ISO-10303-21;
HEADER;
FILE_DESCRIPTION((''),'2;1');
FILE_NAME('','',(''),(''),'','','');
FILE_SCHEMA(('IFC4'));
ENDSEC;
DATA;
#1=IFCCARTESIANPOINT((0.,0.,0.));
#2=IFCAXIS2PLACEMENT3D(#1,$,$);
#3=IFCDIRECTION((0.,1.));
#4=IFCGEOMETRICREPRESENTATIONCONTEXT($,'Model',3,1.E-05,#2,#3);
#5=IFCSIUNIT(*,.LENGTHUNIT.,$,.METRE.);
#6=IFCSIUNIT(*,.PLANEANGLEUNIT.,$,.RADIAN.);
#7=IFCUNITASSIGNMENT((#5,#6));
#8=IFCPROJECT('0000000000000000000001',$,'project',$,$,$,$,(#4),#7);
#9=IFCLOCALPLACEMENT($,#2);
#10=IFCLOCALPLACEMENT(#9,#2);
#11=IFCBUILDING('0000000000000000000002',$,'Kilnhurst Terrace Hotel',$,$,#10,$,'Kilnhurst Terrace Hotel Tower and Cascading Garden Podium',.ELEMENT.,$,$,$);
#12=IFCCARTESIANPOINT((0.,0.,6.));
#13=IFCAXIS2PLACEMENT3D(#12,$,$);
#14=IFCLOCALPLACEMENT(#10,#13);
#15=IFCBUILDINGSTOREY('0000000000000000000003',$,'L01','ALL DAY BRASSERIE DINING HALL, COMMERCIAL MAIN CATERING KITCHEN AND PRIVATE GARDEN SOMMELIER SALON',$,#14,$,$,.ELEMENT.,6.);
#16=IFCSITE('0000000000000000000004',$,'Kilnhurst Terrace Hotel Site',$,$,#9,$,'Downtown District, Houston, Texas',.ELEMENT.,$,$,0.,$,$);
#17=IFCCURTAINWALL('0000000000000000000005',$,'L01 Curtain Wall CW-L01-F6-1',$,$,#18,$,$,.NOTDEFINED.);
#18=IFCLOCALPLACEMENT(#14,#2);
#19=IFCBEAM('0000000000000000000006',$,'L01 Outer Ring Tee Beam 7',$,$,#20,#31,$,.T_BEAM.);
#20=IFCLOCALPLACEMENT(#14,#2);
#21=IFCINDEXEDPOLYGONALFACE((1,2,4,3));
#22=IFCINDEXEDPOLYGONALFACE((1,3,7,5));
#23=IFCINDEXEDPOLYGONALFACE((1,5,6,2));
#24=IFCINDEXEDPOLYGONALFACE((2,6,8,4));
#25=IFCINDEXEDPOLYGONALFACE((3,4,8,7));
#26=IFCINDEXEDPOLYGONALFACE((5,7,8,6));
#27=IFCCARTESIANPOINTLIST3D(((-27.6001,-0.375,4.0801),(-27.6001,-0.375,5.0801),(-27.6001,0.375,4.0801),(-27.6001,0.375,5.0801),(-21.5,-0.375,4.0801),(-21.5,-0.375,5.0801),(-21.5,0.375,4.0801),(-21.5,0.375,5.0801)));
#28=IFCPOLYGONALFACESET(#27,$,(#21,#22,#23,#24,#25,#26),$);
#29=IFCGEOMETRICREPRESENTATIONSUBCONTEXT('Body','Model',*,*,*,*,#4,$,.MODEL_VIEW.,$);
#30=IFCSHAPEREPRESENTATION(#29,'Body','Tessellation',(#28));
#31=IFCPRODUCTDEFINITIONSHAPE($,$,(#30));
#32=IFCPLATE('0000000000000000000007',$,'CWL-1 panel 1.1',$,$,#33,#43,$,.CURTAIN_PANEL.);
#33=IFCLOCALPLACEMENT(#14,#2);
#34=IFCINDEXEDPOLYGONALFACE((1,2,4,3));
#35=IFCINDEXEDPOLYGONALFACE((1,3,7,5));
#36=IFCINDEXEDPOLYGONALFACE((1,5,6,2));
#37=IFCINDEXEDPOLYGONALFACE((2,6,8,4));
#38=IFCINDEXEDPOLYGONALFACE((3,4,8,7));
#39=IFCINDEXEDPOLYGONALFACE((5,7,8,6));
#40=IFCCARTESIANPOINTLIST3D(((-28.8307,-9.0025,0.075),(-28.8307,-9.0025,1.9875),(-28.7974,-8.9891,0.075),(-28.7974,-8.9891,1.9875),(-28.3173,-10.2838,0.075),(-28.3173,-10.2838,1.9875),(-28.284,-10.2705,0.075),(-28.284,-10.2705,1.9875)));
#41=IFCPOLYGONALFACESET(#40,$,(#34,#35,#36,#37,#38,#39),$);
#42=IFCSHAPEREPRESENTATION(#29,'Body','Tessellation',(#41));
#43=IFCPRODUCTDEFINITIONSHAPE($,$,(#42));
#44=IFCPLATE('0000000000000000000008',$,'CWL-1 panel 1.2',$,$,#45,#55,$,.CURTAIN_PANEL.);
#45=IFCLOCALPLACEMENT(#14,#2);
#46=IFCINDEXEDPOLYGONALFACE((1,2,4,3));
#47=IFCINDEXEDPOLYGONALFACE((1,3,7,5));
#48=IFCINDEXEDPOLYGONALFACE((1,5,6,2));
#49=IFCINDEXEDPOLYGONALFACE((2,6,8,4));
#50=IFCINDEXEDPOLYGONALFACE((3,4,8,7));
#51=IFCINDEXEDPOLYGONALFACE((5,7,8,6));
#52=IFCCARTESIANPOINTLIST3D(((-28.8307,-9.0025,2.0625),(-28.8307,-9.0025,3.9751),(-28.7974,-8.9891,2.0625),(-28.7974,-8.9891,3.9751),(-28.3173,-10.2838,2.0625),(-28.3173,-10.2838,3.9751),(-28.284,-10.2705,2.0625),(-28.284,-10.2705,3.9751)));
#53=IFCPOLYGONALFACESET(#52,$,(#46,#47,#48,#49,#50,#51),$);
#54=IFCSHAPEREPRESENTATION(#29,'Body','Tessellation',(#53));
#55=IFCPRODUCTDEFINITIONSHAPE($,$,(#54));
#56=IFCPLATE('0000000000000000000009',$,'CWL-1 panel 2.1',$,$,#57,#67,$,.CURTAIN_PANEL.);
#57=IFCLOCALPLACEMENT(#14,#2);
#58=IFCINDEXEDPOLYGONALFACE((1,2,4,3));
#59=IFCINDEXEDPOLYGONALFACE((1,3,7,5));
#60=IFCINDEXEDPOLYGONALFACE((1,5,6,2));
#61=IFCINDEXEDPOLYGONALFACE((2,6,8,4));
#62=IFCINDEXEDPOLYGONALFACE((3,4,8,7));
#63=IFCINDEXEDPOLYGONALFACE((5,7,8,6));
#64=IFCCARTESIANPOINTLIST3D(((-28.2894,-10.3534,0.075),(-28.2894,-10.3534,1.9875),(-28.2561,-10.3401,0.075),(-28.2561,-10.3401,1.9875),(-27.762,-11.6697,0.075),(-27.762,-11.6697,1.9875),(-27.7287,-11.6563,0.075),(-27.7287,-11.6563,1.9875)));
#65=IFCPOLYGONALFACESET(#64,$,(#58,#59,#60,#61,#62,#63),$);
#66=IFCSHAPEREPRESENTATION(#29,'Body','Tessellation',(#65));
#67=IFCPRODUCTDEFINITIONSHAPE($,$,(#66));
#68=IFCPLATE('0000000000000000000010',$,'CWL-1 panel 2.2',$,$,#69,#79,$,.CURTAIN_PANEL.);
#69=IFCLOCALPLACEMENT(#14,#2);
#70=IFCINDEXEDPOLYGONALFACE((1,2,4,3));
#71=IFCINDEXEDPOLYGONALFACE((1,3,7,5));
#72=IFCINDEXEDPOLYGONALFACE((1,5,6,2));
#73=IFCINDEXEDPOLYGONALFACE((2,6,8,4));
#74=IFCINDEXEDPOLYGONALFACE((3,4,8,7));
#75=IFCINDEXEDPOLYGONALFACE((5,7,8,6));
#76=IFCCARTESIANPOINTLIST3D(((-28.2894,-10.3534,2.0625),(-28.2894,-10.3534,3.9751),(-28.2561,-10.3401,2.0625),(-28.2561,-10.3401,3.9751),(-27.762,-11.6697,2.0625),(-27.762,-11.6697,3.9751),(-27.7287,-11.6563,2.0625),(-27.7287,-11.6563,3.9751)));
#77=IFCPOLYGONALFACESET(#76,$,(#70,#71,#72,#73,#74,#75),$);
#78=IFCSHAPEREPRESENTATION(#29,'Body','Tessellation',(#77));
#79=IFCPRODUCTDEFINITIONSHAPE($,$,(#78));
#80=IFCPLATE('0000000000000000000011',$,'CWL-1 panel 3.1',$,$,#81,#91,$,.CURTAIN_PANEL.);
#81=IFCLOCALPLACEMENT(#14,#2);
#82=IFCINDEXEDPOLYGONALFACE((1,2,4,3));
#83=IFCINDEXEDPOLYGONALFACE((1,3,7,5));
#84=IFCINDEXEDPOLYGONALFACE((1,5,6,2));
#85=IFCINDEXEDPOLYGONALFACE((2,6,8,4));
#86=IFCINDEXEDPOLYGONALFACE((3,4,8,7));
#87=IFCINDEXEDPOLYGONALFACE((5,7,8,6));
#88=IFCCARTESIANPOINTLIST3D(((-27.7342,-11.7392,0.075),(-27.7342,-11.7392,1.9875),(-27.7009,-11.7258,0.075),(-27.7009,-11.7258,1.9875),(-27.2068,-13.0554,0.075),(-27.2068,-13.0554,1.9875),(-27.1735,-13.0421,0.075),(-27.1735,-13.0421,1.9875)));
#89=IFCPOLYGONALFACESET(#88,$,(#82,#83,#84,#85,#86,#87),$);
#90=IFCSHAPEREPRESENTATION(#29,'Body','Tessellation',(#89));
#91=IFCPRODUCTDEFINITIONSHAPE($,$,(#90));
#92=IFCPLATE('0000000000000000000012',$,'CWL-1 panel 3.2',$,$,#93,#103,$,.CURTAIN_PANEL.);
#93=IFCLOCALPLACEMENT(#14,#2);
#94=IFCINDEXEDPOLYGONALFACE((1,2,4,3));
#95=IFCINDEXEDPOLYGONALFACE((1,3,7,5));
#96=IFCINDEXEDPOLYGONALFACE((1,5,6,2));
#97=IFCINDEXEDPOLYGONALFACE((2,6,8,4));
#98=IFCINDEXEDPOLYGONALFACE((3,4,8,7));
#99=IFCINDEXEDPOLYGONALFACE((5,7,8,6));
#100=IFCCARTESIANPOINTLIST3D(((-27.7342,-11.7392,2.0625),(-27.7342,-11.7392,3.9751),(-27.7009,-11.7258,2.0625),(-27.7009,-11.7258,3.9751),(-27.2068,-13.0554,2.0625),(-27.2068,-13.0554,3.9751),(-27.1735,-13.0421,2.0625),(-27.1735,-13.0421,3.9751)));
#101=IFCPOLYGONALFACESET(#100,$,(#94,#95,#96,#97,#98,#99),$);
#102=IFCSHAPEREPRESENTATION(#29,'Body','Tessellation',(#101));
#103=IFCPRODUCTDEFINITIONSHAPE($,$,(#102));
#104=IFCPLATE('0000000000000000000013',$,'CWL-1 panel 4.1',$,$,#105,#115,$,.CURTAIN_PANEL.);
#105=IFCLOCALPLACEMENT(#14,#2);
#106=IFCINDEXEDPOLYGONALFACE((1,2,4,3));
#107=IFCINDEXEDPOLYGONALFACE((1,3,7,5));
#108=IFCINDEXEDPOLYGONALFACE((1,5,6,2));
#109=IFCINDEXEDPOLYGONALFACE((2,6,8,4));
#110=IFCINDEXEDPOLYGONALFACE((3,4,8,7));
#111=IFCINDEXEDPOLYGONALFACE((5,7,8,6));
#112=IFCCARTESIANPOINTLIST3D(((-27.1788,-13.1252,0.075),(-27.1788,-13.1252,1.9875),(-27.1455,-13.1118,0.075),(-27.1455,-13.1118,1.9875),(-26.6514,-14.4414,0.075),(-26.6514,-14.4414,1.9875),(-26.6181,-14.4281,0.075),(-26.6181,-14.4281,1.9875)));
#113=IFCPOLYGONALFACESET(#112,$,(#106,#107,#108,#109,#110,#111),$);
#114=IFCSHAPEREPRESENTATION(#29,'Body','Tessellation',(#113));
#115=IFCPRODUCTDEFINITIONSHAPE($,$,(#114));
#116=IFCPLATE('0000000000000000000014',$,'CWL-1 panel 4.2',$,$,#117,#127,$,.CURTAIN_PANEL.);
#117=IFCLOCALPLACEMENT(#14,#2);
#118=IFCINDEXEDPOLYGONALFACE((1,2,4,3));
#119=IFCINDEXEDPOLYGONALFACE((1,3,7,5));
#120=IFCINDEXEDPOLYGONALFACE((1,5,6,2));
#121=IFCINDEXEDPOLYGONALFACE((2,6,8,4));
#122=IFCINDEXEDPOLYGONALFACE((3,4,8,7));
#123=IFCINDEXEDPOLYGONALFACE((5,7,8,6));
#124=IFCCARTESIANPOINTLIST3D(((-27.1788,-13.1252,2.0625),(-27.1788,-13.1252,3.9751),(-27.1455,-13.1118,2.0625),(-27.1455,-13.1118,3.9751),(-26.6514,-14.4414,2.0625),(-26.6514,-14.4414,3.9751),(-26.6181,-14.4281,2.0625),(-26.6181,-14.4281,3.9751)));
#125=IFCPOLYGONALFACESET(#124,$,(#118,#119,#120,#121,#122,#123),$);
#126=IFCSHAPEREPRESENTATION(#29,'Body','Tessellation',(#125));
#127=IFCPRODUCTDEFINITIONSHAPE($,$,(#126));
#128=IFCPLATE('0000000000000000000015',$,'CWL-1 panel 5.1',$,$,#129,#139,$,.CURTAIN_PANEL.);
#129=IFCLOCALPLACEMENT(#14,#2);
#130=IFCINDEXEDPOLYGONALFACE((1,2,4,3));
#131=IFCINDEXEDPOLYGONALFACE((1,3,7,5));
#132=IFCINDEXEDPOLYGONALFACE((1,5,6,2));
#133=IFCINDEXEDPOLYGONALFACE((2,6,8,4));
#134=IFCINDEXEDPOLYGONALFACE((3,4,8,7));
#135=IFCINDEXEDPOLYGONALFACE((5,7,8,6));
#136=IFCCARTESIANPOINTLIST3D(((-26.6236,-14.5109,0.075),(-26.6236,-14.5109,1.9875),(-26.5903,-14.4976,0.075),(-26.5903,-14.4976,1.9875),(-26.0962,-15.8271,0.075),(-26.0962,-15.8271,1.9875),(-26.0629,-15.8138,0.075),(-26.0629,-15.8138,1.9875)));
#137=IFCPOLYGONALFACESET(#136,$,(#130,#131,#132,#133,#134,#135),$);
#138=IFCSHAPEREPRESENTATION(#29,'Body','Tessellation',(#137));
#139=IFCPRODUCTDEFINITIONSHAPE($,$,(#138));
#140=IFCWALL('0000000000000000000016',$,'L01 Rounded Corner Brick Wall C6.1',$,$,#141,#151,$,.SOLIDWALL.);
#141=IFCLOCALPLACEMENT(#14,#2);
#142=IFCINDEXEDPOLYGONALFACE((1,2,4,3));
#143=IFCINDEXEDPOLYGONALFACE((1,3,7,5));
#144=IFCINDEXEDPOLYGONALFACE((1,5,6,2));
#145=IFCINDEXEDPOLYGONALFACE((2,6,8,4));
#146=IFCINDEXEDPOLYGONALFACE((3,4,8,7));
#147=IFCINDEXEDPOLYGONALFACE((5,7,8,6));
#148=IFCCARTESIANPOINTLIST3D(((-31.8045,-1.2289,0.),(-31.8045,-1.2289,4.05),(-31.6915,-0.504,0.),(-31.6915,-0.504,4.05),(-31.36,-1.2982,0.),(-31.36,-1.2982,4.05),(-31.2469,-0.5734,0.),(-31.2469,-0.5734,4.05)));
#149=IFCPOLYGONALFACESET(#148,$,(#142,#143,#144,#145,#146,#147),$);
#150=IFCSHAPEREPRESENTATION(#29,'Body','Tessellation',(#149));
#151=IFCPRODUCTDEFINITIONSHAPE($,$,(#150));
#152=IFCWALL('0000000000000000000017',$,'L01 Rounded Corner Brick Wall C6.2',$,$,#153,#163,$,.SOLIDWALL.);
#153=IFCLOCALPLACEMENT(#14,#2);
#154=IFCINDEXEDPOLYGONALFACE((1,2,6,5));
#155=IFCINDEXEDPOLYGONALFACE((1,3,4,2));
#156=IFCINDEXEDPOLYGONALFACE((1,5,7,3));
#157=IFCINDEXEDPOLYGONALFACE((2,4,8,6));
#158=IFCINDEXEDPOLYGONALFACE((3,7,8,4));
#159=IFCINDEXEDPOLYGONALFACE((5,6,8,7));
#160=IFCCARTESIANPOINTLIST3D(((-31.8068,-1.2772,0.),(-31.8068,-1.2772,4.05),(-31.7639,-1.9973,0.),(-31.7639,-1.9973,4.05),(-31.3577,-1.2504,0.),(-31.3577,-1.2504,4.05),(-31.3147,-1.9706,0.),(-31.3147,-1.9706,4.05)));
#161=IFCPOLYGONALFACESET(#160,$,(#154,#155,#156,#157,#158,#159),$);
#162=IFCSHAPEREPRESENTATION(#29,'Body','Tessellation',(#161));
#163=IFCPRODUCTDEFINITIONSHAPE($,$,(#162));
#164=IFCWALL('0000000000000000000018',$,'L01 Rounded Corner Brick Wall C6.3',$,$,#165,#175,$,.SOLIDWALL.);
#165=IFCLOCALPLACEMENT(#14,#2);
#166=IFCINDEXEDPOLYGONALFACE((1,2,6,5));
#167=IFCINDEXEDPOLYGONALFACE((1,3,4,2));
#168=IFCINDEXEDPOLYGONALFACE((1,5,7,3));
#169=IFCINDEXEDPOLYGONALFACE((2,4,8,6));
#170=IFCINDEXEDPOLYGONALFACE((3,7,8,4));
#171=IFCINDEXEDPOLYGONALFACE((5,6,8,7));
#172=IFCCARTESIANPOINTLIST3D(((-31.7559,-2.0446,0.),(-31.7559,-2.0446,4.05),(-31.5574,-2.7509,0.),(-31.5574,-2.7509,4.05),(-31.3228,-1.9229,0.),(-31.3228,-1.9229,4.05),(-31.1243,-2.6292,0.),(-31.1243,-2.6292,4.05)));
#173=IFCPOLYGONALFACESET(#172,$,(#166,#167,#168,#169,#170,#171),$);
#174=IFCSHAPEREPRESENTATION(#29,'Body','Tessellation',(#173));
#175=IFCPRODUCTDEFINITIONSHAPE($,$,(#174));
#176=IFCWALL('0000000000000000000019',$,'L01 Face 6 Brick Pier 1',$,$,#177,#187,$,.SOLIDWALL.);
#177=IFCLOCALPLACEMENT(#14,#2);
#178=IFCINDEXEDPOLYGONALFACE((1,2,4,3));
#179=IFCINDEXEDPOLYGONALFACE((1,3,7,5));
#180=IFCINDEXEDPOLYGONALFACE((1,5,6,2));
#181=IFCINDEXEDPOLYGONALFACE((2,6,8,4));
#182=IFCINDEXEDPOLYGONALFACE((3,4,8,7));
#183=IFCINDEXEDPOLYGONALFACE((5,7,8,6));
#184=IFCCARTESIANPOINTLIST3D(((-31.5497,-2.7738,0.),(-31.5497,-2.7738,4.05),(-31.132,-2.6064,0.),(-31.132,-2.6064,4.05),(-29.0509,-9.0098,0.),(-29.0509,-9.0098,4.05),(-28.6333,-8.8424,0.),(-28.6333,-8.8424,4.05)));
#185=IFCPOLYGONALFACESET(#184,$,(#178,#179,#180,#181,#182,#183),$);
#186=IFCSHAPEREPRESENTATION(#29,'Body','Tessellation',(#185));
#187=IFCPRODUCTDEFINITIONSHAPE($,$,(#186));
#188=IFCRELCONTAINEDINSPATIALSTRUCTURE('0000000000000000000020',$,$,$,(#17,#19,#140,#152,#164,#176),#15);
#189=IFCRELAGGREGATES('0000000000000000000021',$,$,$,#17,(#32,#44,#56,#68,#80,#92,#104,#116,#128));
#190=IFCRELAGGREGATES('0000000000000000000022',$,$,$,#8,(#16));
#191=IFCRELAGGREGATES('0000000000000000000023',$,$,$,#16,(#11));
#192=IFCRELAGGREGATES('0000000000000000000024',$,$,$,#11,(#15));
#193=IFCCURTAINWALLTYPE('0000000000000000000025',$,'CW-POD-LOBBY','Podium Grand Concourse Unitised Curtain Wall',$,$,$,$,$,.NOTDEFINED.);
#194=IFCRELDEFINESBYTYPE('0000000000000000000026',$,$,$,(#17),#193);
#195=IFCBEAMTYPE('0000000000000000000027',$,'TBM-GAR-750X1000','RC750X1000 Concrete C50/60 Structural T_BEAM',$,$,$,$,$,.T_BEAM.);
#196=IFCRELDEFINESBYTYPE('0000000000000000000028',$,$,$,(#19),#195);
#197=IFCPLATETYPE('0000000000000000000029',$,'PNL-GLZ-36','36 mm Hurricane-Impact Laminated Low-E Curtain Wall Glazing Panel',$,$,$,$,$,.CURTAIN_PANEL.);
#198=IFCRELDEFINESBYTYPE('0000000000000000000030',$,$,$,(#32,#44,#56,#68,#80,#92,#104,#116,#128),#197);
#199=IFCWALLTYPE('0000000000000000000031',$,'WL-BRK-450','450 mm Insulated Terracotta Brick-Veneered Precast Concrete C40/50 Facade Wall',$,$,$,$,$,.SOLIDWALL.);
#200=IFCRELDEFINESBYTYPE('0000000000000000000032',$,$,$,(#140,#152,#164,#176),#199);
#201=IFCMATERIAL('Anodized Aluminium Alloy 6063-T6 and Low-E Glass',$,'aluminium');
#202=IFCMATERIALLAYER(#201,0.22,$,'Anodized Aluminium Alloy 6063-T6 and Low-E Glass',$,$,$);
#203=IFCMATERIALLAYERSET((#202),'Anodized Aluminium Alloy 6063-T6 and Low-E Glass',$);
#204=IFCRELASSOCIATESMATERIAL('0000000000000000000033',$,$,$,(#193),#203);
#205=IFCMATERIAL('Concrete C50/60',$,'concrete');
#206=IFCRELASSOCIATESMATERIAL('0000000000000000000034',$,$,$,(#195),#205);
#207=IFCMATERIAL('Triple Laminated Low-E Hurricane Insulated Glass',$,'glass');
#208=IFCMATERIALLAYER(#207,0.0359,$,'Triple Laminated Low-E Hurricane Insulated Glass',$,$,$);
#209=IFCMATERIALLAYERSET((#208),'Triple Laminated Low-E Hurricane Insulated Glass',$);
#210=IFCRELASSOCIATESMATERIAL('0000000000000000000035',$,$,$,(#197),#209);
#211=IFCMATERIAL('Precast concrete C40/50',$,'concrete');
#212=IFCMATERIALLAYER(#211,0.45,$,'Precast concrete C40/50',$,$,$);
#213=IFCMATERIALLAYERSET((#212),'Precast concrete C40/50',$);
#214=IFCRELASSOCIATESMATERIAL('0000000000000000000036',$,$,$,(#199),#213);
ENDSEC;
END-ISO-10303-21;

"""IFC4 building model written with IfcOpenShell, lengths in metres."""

from ifc_helpers import new_model, si_unit, direction, frame, frame_2d, origin, origin_2d, place, context, subcontext, project, spatial, rectangle, extrude, material, layer, layer_set, material_profile, profile_set, type_object, element, aggregate, save


model = new_model("IFC4")

# Units and contexts
model_context = context("Model", 3, precision=1e-05, world=origin(), true_north=direction((0.0, 1.0)))
body_context = subcontext(model_context, "Body", "Model", "MODEL_VIEW")
ifc_project = project(units=[si_unit("LENGTHUNIT", "METRE"), si_unit("PLANEANGLEUNIT", "RADIAN")], contexts=[model_context])

# Site, building, storey
site_placement = place(None, origin())
site = spatial("IfcSite", under=ifc_project, at=site_placement, Name="Kilnhurst Terrace Hotel Site", LongName="Downtown District, Houston, Texas", CompositionType="ELEMENT", RefElevation=0.0)
building_placement = place(site_placement, origin())
building = spatial("IfcBuilding", under=site, at=building_placement, Name="Kilnhurst Terrace Hotel", LongName="Kilnhurst Terrace Hotel Tower and Cascading Garden Podium", CompositionType="ELEMENT")
storey_placement = place(building_placement, frame((0.0, 0.0, 6.0)))
storey = spatial("IfcBuildingStorey", under=building, at=storey_placement, Name="L01", Description="ALL DAY BRASSERIE DINING HALL, COMMERCIAL MAIN CATERING KITCHEN AND PRIVATE GARDEN SOMMELIER SALON", CompositionType="ELEMENT", Elevation=6.0)

# Curtain wall
ifc_material_1 = material(Name="Anodized Aluminium Alloy 6063-T6 and Low-E Glass", Category="aluminium")
ifc_layer_1 = layer(ifc_material_1, 0.22, Name="Anodized Aluminium Alloy 6063-T6 and Low-E Glass")
ifc_layer_set_1 = layer_set([ifc_layer_1], Name="Anodized Aluminium Alloy 6063-T6 and Low-E Glass")
curtain_wall_type = type_object("IfcCurtainWallType", Name="CW-POD-LOBBY", Description="Podium Grand Concourse Unitised Curtain Wall", PredefinedType="NOTDEFINED", material=ifc_layer_set_1)
curtain_wall_placement = place(storey_placement, origin())
curtain_wall = element("IfcCurtainWall", 1, at=curtain_wall_placement, inside=storey, type_object=curtain_wall_type, Name="L01 Curtain Wall CW-L01-F6-1", PredefinedType="NOTDEFINED")

# Beam
ifc_material_2 = material(Name="Concrete C50/60", Category="concrete")
ifc_material_profile_1 = material_profile(ifc_material_2, rectangle(XDim=0.75, YDim=1.0, at=origin_2d()), Name="RC750X1000")
ifc_profile_set_1 = profile_set([ifc_material_profile_1], Name="Concrete C50/60")
beam_type = type_object("IfcBeamType", Name="TBM-GAR-750X1000", Description="RC750X1000 Concrete C50/60 Structural T_BEAM", PredefinedType="T_BEAM", material=ifc_profile_set_1)
beam_1_placement = place(storey_placement, frame((-27.6001, 0.0, 4.5801), z_axis=(1.0, 0.0, 0.0), x_axis=(0.0, 1.0, 0.0)))
element("IfcBeam", 2, at=beam_1_placement, inside=storey, type_object=beam_type, Name="L01 Outer Ring Tee Beam 7", PredefinedType="T_BEAM", context=body_context, shape_type="SweptSolid", body=[
    extrude(rectangle(XDim=0.75, YDim=1.0, at=origin_2d()), origin(), (0.0, 0.0, 1.0), 6.1001),
])

# Plates
ifc_material_3 = material(Name="Triple Laminated Low-E Hurricane Insulated Glass", Category="glass")
ifc_layer_2 = layer(ifc_material_3, 0.0359, Name="Triple Laminated Low-E Hurricane Insulated Glass")
ifc_layer_set_2 = layer_set([ifc_layer_2], Name="Triple Laminated Low-E Hurricane Insulated Glass")
plate_type = type_object("IfcPlateType", Name="PNL-GLZ-36", Description="36 mm Hurricane-Impact Laminated Low-E Curtain Wall Glazing Panel", PredefinedType="CURTAIN_PANEL", material=ifc_layer_set_2)
plate_1_placement = place(storey_placement, frame((-28.5574, -9.6365, 0.075), z_axis=(0.0, 0.0, 1.0), x_axis=(0.371955, -0.928251, 0.0)))
plate_1 = element("IfcPlate", 3, at=plate_1_placement, type_object=plate_type, Name="CWL-1 panel 1.1", PredefinedType="CURTAIN_PANEL", context=body_context, shape_type="SweptSolid", body=[
    extrude(rectangle(XDim=1.3804, YDim=0.0359, at=origin_2d()), origin(), (0.0, 0.0, 1.0), 1.9126),
])
plate_2_placement = place(storey_placement, frame((-28.5574, -9.6365, 2.0625), z_axis=(0.0, 0.0, 1.0), x_axis=(0.371955, -0.928251, 0.0)))
plate_2 = element("IfcPlate", 4, at=plate_2_placement, type_object=plate_type, Name="CWL-1 panel 1.2", PredefinedType="CURTAIN_PANEL", context=body_context, shape_type="SweptSolid", body=[
    extrude(rectangle(XDim=1.3804, YDim=0.0359, at=origin_2d()), origin(), (0.0, 0.0, 1.0), 1.9126),
])
plate_3_placement = place(storey_placement, frame((-28.009, -11.0049, 0.075), z_axis=(0.0, 0.0, 1.0), x_axis=(0.371955, -0.928251, 0.0)))
plate_3 = element("IfcPlate", 5, at=plate_3_placement, type_object=plate_type, Name="CWL-1 panel 2.1", PredefinedType="CURTAIN_PANEL", context=body_context, shape_type="SweptSolid", body=[
    extrude(rectangle(XDim=1.418, YDim=0.0359, at=origin_2d()), origin(), (0.0, 0.0, 1.0), 1.9126),
])
plate_4_placement = place(storey_placement, frame((-28.009, -11.0049, 2.0625), z_axis=(0.0, 0.0, 1.0), x_axis=(0.371955, -0.928251, 0.0)))
plate_4 = element("IfcPlate", 6, at=plate_4_placement, type_object=plate_type, Name="CWL-1 panel 2.2", PredefinedType="CURTAIN_PANEL", context=body_context, shape_type="SweptSolid", body=[
    extrude(rectangle(XDim=1.418, YDim=0.0359, at=origin_2d()), origin(), (0.0, 0.0, 1.0), 1.9126),
])
plate_5_placement = place(storey_placement, frame((-27.4539, -12.3906, 0.075), z_axis=(0.0, 0.0, 1.0), x_axis=(0.371955, -0.928251, 0.0)))
plate_5 = element("IfcPlate", 7, at=plate_5_placement, type_object=plate_type, Name="CWL-1 panel 3.1", PredefinedType="CURTAIN_PANEL", context=body_context, shape_type="SweptSolid", body=[
    extrude(rectangle(XDim=1.418, YDim=0.0359, at=origin_2d()), origin(), (0.0, 0.0, 1.0), 1.9126),
])
plate_6_placement = place(storey_placement, frame((-27.4539, -12.3906, 2.0625), z_axis=(0.0, 0.0, 1.0), x_axis=(0.371955, -0.928251, 0.0)))
plate_6 = element("IfcPlate", 8, at=plate_6_placement, type_object=plate_type, Name="CWL-1 panel 3.2", PredefinedType="CURTAIN_PANEL", context=body_context, shape_type="SweptSolid", body=[
    extrude(rectangle(XDim=1.418, YDim=0.0359, at=origin_2d()), origin(), (0.0, 0.0, 1.0), 1.9126),
])
plate_7_placement = place(storey_placement, frame((-26.8984, -13.7766, 0.075), z_axis=(0.0, 0.0, 1.0), x_axis=(0.371955, -0.928251, 0.0)))
plate_7 = element("IfcPlate", 9, at=plate_7_placement, type_object=plate_type, Name="CWL-1 panel 4.1", PredefinedType="CURTAIN_PANEL", context=body_context, shape_type="SweptSolid", body=[
    extrude(rectangle(XDim=1.418, YDim=0.0359, at=origin_2d()), origin(), (0.0, 0.0, 1.0), 1.9126),
])
plate_8_placement = place(storey_placement, frame((-26.8984, -13.7766, 2.0625), z_axis=(0.0, 0.0, 1.0), x_axis=(0.371955, -0.928251, 0.0)))
plate_8 = element("IfcPlate", 10, at=plate_8_placement, type_object=plate_type, Name="CWL-1 panel 4.2", PredefinedType="CURTAIN_PANEL", context=body_context, shape_type="SweptSolid", body=[
    extrude(rectangle(XDim=1.418, YDim=0.0359, at=origin_2d()), origin(), (0.0, 0.0, 1.0), 1.9126),
])
plate_9_placement = place(storey_placement, frame((-26.3433, -15.1624, 0.075), z_axis=(0.0, 0.0, 1.0), x_axis=(0.371955, -0.928251, 0.0)))
plate_9 = element("IfcPlate", 11, at=plate_9_placement, type_object=plate_type, Name="CWL-1 panel 5.1", PredefinedType="CURTAIN_PANEL", context=body_context, shape_type="SweptSolid", body=[
    extrude(rectangle(XDim=1.418, YDim=0.0359, at=origin_2d()), origin(), (0.0, 0.0, 1.0), 1.9126),
])
aggregate(curtain_wall, [plate_1, plate_2, plate_3, plate_4, plate_5, plate_6, plate_7, plate_8, plate_9])

# Walls
ifc_material_4 = material(Name="Precast concrete C40/50", Category="concrete")
ifc_layer_3 = layer(ifc_material_4, 0.45, Name="Precast concrete C40/50")
ifc_layer_set_3 = layer_set([ifc_layer_3], Name="Precast concrete C40/50")
wall_type = type_object("IfcWallType", Name="WL-BRK-450", Description="450 mm Insulated Terracotta Brick-Veneered Precast Concrete C40/50 Facade Wall", PredefinedType="SOLIDWALL", material=ifc_layer_set_3)
wall_1_placement = place(storey_placement, frame((-31.4692, -0.5388, 0.0), z_axis=(0.0, 0.0, 1.0), x_axis=(-0.154082, -0.988058, 0.0)))
element("IfcWall", 12, at=wall_1_placement, inside=storey, type_object=wall_type, Name="L01 Rounded Corner Brick Wall C6.1", PredefinedType="SOLIDWALL", context=body_context, shape_type="SweptSolid", body=[
    extrude(rectangle(XDim=0.7336, YDim=0.45, at=frame_2d((0.3667, 0.0))), origin(), (0.0, 0.0, 1.0), 4.05),
])
wall_2_placement = place(storey_placement, frame((-31.5823, -1.2637, 0.0), z_axis=(0.0, 0.0, 1.0), x_axis=(0.059555, -0.998225, 0.0)))
element("IfcWall", 13, at=wall_2_placement, inside=storey, type_object=wall_type, Name="L01 Rounded Corner Brick Wall C6.2", PredefinedType="SOLIDWALL", context=body_context, shape_type="SweptSolid", body=[
    extrude(rectangle(XDim=0.7214, YDim=0.45, at=frame_2d((0.3608, 0.0))), origin(), (0.0, 0.0, 1.0), 4.05),
])
wall_3_placement = place(storey_placement, frame((-31.5393, -1.9839, 0.0), z_axis=(0.0, 0.0, 1.0), x_axis=(0.270543, -0.962708, 0.0)))
element("IfcWall", 14, at=wall_3_placement, inside=storey, type_object=wall_type, Name="L01 Rounded Corner Brick Wall C6.3", PredefinedType="SOLIDWALL", context=body_context, shape_type="SweptSolid", body=[
    extrude(rectangle(XDim=0.7336, YDim=0.45, at=frame_2d((0.3667, 0.0))), origin(), (0.0, 0.0, 1.0), 4.05),
])
wall_4_placement = place(storey_placement, frame((-31.3408, -2.6902, 0.0), z_axis=(0.0, 0.0, 1.0), x_axis=(0.371948, -0.928253, 0.0)))
element("IfcWall", 15, at=wall_4_placement, inside=storey, type_object=wall_type, Name="L01 Face 6 Brick Pier 1", PredefinedType="SOLIDWALL", context=body_context, shape_type="SweptSolid", body=[
    extrude(rectangle(XDim=6.718, YDim=0.45, at=frame_2d((3.3589, 0.0))), origin(), (0.0, 0.0, 1.0), 4.05),
])

save(model, "model.ifc")
